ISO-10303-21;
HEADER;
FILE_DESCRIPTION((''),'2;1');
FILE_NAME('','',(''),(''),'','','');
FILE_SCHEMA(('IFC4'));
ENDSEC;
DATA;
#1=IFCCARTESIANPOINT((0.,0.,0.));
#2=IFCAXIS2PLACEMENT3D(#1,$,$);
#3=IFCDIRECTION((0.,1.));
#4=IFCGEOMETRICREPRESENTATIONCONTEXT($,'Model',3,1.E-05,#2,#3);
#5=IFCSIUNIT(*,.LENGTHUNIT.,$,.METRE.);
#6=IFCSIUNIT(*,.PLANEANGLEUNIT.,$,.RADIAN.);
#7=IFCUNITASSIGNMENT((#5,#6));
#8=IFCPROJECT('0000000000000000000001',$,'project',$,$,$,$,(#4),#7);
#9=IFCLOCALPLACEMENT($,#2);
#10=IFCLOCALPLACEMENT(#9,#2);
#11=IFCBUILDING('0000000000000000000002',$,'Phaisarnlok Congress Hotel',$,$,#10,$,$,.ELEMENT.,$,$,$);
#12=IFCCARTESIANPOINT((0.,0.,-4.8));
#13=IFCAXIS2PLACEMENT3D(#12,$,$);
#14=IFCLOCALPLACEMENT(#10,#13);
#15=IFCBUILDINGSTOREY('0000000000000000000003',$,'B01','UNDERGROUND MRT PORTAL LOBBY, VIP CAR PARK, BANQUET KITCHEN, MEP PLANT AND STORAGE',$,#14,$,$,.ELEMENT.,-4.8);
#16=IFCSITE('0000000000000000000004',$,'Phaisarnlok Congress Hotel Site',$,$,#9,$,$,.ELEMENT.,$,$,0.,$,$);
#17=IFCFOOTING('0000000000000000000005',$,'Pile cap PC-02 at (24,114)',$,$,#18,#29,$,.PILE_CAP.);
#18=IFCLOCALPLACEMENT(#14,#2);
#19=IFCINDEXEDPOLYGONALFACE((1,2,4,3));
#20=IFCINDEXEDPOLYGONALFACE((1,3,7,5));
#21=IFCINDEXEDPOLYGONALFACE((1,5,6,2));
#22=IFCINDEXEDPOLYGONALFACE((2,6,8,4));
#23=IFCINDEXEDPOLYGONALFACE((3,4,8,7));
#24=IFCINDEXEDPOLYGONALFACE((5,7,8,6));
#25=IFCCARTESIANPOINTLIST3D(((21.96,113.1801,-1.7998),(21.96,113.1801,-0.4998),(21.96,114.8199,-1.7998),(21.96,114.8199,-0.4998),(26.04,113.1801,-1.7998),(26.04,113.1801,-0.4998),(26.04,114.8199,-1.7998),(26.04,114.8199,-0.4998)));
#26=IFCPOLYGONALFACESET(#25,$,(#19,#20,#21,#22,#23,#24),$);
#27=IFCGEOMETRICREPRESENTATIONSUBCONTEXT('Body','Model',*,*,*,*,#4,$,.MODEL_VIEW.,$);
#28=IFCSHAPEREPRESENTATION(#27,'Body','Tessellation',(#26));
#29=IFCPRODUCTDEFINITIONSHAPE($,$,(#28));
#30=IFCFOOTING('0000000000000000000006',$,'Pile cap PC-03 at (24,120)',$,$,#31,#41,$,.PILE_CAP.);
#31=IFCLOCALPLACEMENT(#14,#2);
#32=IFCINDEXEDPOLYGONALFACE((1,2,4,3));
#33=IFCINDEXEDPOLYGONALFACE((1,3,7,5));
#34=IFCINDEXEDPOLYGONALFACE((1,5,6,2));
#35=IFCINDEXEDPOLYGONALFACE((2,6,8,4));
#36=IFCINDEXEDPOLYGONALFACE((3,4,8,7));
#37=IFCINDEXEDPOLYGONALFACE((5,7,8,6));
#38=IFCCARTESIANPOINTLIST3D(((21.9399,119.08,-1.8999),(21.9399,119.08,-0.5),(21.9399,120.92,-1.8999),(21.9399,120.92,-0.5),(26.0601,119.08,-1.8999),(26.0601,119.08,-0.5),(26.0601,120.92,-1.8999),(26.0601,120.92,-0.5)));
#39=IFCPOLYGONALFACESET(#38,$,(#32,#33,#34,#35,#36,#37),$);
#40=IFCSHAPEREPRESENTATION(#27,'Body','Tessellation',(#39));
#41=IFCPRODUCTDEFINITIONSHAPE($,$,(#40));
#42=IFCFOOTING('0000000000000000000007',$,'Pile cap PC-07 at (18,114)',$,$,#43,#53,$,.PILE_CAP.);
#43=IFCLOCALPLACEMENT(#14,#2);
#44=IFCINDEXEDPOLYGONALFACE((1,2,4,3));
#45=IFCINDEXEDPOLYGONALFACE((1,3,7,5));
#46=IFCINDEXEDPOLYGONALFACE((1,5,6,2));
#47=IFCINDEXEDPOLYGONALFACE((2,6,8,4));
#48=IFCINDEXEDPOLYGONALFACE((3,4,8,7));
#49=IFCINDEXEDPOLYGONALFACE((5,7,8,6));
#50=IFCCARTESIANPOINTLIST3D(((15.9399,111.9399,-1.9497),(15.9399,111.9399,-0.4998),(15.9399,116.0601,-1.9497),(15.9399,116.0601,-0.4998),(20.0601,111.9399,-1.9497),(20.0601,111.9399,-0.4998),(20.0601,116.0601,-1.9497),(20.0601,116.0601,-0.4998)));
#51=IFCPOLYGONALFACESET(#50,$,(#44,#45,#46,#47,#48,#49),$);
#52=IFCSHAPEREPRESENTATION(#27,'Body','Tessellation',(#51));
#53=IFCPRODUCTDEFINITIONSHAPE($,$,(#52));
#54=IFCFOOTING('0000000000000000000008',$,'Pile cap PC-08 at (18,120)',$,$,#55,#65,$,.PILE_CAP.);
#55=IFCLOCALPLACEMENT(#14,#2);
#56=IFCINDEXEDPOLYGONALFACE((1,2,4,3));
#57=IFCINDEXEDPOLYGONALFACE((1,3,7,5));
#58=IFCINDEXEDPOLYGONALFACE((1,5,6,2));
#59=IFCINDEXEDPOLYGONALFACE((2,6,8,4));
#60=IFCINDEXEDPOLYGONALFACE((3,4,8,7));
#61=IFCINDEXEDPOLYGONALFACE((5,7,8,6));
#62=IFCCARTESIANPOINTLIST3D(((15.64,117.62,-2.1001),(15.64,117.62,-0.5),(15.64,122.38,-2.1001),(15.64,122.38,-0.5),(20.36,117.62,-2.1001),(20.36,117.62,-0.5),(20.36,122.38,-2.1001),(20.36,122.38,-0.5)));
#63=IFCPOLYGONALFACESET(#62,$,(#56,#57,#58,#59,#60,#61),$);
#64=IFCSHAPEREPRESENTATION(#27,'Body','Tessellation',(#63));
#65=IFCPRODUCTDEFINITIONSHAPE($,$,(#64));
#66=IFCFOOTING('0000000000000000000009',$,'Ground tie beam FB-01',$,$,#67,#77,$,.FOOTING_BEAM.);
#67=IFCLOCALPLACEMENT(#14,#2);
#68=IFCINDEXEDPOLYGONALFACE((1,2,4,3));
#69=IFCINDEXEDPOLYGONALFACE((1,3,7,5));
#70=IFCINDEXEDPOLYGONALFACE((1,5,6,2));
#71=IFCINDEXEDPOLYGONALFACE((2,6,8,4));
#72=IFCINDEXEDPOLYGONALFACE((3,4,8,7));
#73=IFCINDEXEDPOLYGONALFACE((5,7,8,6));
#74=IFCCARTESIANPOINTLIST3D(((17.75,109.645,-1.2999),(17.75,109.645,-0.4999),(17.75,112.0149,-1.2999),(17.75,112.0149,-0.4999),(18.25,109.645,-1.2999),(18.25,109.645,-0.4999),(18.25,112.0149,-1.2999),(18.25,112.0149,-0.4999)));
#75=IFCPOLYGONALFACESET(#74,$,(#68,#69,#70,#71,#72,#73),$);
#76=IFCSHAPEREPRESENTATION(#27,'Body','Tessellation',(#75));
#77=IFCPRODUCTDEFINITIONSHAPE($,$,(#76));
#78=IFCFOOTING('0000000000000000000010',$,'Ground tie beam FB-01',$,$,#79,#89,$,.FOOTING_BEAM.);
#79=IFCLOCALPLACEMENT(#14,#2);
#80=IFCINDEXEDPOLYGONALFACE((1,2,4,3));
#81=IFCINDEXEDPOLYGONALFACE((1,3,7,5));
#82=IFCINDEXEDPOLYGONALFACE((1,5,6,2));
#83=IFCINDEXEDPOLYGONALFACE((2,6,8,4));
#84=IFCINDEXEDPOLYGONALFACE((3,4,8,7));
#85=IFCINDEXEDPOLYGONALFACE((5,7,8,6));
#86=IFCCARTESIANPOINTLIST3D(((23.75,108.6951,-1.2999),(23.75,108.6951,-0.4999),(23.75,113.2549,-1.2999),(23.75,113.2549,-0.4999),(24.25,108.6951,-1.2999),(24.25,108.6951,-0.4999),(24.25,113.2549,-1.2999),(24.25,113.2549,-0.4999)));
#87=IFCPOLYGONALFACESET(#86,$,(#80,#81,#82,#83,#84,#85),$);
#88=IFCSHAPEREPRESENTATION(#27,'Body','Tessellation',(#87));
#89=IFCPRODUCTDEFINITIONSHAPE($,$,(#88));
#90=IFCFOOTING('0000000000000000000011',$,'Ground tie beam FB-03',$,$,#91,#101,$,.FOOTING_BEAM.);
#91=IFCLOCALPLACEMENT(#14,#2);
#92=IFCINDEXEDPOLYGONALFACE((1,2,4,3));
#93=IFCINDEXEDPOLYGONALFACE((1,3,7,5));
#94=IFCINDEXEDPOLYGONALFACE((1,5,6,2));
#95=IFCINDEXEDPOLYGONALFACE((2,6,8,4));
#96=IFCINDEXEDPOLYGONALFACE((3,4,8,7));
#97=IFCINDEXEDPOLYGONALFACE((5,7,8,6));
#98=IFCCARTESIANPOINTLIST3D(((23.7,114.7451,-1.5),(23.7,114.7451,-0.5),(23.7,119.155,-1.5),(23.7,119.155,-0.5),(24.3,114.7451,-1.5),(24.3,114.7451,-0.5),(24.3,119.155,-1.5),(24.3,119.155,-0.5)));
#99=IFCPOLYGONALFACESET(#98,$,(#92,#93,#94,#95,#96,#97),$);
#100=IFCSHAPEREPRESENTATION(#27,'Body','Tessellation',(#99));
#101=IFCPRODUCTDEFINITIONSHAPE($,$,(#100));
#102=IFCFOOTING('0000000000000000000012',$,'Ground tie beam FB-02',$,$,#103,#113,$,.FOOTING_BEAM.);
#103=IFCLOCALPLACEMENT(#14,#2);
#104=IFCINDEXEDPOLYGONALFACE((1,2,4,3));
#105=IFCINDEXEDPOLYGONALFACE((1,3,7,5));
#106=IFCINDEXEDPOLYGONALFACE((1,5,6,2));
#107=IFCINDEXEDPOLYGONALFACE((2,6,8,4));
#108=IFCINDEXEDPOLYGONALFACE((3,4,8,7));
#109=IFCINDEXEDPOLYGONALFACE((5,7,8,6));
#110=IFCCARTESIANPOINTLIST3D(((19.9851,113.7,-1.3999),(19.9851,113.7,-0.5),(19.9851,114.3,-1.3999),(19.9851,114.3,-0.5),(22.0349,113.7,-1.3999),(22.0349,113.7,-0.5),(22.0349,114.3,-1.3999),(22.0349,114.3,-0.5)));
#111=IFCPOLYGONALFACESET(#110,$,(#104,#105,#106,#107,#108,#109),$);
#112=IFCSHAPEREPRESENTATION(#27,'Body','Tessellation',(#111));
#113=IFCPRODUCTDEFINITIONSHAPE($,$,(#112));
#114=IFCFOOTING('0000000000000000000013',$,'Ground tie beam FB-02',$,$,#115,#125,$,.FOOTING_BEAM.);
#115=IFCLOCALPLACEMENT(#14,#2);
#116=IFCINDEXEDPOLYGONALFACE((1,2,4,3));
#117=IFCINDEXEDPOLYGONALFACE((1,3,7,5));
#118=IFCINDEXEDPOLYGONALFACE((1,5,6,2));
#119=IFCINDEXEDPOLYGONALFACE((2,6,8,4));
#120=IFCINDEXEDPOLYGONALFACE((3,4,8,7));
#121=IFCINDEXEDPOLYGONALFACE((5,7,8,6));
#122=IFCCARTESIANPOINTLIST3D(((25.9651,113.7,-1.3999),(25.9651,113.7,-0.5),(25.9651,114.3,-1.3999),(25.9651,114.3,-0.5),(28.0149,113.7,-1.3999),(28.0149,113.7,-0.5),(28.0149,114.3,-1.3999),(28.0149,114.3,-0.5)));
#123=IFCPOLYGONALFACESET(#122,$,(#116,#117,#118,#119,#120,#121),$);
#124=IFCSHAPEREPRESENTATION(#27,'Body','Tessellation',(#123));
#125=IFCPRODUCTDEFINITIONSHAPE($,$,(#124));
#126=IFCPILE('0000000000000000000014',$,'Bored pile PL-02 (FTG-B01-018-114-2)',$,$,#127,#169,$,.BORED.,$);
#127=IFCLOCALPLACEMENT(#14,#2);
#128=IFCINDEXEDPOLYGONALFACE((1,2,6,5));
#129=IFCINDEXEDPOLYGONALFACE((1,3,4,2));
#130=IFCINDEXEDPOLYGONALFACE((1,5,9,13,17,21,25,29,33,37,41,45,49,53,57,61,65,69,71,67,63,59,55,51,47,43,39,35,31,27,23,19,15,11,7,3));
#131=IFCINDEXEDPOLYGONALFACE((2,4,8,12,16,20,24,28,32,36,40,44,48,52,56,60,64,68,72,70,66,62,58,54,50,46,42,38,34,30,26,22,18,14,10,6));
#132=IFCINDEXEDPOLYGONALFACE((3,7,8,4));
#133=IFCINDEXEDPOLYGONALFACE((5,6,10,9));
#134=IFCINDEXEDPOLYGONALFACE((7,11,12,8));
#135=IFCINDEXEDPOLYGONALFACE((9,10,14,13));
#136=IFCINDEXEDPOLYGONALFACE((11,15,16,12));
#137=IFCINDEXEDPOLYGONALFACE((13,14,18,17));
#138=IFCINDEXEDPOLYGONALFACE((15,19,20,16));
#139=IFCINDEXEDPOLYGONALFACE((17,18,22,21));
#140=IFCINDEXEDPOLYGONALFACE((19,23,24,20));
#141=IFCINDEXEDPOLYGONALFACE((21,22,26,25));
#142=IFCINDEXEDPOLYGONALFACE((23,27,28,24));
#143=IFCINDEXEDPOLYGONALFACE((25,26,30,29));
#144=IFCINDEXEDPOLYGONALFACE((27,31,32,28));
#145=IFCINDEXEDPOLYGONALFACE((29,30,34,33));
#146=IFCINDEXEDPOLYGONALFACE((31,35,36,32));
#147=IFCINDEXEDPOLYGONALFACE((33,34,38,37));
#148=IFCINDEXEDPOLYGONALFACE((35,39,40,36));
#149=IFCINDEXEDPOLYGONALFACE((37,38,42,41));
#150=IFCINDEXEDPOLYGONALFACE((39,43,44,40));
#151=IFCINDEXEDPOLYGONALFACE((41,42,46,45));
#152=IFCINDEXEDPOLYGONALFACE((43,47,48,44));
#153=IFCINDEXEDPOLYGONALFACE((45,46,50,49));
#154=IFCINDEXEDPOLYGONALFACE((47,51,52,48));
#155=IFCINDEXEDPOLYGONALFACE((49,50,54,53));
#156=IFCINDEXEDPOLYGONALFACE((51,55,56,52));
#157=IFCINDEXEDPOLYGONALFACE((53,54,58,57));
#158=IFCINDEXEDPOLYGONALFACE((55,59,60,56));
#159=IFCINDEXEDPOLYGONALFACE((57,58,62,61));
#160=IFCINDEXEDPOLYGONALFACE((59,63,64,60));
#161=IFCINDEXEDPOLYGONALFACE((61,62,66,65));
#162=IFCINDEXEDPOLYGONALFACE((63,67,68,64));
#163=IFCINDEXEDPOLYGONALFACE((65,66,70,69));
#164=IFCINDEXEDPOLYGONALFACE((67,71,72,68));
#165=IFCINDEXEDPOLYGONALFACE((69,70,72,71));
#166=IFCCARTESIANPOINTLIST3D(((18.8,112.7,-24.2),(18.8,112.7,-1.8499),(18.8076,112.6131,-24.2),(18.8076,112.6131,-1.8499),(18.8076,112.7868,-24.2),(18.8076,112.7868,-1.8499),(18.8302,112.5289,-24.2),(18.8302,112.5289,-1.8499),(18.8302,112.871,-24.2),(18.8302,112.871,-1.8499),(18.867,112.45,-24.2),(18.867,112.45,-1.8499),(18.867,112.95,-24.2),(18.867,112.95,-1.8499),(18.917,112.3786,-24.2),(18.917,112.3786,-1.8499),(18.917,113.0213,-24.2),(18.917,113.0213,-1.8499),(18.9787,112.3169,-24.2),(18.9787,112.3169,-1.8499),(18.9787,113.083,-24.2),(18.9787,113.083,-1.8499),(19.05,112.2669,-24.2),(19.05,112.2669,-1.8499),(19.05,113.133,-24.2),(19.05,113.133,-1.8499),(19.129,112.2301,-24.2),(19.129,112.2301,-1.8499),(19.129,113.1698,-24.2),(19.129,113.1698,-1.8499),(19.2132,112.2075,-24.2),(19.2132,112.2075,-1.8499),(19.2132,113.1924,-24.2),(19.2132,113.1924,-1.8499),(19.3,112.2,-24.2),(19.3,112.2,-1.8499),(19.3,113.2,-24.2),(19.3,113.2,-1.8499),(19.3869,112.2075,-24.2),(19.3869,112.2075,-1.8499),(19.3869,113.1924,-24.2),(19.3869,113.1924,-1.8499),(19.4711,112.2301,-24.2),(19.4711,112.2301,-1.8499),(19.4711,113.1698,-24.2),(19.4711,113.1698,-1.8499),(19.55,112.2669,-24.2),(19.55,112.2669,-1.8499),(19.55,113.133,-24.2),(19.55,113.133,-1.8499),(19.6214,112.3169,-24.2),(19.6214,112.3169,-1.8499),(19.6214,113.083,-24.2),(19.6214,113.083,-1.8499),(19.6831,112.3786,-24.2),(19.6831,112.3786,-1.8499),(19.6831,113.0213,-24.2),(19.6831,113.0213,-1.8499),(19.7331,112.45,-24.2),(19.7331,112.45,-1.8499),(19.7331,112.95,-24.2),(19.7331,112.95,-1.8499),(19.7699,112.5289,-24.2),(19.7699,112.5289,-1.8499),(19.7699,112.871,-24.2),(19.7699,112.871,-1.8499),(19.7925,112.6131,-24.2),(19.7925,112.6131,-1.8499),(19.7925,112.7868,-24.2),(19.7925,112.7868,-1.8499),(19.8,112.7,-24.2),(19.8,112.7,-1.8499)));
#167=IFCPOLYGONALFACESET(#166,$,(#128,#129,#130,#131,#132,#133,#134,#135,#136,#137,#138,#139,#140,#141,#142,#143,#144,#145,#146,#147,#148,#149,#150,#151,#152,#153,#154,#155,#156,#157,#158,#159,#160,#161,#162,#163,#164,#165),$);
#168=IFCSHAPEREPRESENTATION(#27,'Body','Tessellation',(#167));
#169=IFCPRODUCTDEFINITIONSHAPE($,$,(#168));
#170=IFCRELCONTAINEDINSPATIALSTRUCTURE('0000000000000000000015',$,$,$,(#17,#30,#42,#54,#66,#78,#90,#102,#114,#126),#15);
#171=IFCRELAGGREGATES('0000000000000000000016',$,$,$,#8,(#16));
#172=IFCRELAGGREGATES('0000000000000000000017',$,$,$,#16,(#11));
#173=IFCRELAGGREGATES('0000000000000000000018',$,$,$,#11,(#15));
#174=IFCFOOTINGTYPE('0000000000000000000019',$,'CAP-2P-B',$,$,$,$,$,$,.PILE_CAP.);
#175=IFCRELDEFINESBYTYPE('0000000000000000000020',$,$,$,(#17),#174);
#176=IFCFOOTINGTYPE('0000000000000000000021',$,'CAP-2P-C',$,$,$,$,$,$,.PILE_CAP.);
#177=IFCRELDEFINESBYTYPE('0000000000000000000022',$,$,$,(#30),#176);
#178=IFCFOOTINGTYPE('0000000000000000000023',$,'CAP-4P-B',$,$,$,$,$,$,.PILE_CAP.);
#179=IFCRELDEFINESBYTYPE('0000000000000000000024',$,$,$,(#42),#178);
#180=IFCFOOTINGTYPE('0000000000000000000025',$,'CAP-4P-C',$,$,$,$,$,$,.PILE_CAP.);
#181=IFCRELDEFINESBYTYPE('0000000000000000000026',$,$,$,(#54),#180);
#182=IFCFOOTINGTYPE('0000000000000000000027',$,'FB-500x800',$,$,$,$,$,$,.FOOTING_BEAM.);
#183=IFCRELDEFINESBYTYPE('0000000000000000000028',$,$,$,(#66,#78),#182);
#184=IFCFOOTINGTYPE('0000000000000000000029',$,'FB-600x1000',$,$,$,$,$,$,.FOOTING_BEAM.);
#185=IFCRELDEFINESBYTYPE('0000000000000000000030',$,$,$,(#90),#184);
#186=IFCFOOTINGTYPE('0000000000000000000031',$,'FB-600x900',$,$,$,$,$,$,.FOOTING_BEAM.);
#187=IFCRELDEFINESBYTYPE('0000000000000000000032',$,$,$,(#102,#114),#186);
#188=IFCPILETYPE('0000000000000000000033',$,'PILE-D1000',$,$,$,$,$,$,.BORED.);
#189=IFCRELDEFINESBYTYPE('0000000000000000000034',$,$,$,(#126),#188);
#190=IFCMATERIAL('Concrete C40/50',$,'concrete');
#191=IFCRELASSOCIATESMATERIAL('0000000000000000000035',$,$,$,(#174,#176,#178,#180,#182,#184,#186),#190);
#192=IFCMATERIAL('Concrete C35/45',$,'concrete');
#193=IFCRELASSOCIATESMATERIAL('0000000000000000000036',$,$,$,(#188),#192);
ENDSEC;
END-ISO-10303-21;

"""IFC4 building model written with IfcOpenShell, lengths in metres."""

from ifc_helpers import new_model, si_unit, direction, frame, origin, origin_2d, place, context, subcontext, project, spatial, rectangle, circle, extrude, material, material_profile, profile_set, type_object, element, save


model = new_model("IFC4")

# Units and contexts
model_context = context("Model", 3, precision=1e-05, world=origin(), true_north=direction((0.0, 1.0)))
body_context = subcontext(model_context, "Body", "Model", "MODEL_VIEW")
ifc_project = project(units=[si_unit("LENGTHUNIT", "METRE"), si_unit("PLANEANGLEUNIT", "RADIAN")], contexts=[model_context])

# Site, building, storey
site_placement = place(None, origin())
site = spatial("IfcSite", under=ifc_project, at=site_placement, Name="Phaisarnlok Congress Hotel Site", CompositionType="ELEMENT", RefElevation=0.0)
building_placement = place(site_placement, origin())
building = spatial("IfcBuilding", under=site, at=building_placement, Name="Phaisarnlok Congress Hotel", CompositionType="ELEMENT")
storey_placement = place(building_placement, frame((0.0, 0.0, -4.8)))
storey = spatial("IfcBuildingStorey", under=building, at=storey_placement, Name="B01", Description="UNDERGROUND MRT PORTAL LOBBY, VIP CAR PARK, BANQUET KITCHEN, MEP PLANT AND STORAGE", CompositionType="ELEMENT", Elevation=-4.8)

# Footings
ifc_material_1 = material(Name="Concrete C40/50", Category="concrete")
footing_type_1 = type_object("IfcFootingType", Name="CAP-2P-B", PredefinedType="PILE_CAP", material=ifc_material_1)
footing_1_placement = place(storey_placement, frame((24.0, 114.0, -1.7998), z_axis=(0.0, 0.0, 1.0), x_axis=(1.0, 0.0, 0.0)))
element("IfcFooting", 1, at=footing_1_placement, inside=storey, type_object=footing_type_1, Name="Pile cap PC-02 at (24,114)", PredefinedType="PILE_CAP", context=body_context, shape_type="SweptSolid", body=[
    extrude(rectangle(XDim=4.0801, YDim=1.6399, at=origin_2d()), origin(), (0.0, 0.0, 1.0), 1.3),
])
footing_type_2 = type_object("IfcFootingType", Name="CAP-2P-C", PredefinedType="PILE_CAP", material=ifc_material_1)
footing_2_placement = place(storey_placement, frame((24.0, 120.0, -1.8999), z_axis=(0.0, 0.0, 1.0), x_axis=(1.0, 0.0, 0.0)))
element("IfcFooting", 2, at=footing_2_placement, inside=storey, type_object=footing_type_2, Name="Pile cap PC-03 at (24,120)", PredefinedType="PILE_CAP", context=body_context, shape_type="SweptSolid", body=[
    extrude(rectangle(XDim=4.1201, YDim=1.8401, at=origin_2d()), origin(), (0.0, 0.0, 1.0), 1.3999),
])
footing_type_3 = type_object("IfcFootingType", Name="CAP-4P-B", PredefinedType="PILE_CAP", material=ifc_material_1)
footing_3_placement = place(storey_placement, frame((18.0, 114.0, -1.9497), z_axis=(0.0, 0.0, 1.0), x_axis=(1.0, 0.0, 0.0)))
element("IfcFooting", 3, at=footing_3_placement, inside=storey, type_object=footing_type_3, Name="Pile cap PC-07 at (18,114)", PredefinedType="PILE_CAP", context=body_context, shape_type="SweptSolid", body=[
    extrude(rectangle(XDim=4.1201, YDim=4.1201, at=origin_2d()), origin(), (0.0, 0.0, 1.0), 1.45),
])
footing_type_4 = type_object("IfcFootingType", Name="CAP-4P-C", PredefinedType="PILE_CAP", material=ifc_material_1)
footing_4_placement = place(storey_placement, frame((18.0, 120.0, -2.1001), z_axis=(0.0, 0.0, 1.0), x_axis=(1.0, 0.0, 0.0)))
element("IfcFooting", 4, at=footing_4_placement, inside=storey, type_object=footing_type_4, Name="Pile cap PC-08 at (18,120)", PredefinedType="PILE_CAP", context=body_context, shape_type="SweptSolid", body=[
    extrude(rectangle(XDim=4.72, YDim=4.76, at=origin_2d()), origin(), (0.0, 0.0, 1.0), 1.6001),
])
ifc_material_profile_1 = material_profile(ifc_material_1, rectangle(XDim=0.5, YDim=0.8, at=origin_2d()), Name="FB-500x800")
ifc_profile_set_1 = profile_set([ifc_material_profile_1], Name="Concrete C40/50")
footing_type_5 = type_object("IfcFootingType", Name="FB-500x800", PredefinedType="FOOTING_BEAM", material=ifc_profile_set_1)
footing_5_placement = place(storey_placement, frame((18.0, 109.645, -0.8999), z_axis=(0.0, 1.0, 0.0), x_axis=(-1.0, 0.0, 0.0)))
element("IfcFooting", 5, at=footing_5_placement, inside=storey, type_object=footing_type_5, Name="Ground tie beam FB-01", PredefinedType="FOOTING_BEAM", context=body_context, shape_type="SweptSolid", body=[
    extrude(rectangle(XDim=0.5, YDim=0.8, at=origin_2d()), origin(), (0.0, 0.0, 1.0), 2.3699),
])
footing_6_placement = place(storey_placement, frame((24.0, 108.6951, -0.8999), z_axis=(0.0, 1.0, 0.0), x_axis=(-1.0, 0.0, 0.0)))
element("IfcFooting", 6, at=footing_6_placement, inside=storey, type_object=footing_type_5, Name="Ground tie beam FB-01", PredefinedType="FOOTING_BEAM", context=body_context, shape_type="SweptSolid", body=[
    extrude(rectangle(XDim=0.5, YDim=0.8, at=origin_2d()), origin(), (0.0, 0.0, 1.0), 4.5598),
])
ifc_material_profile_2 = material_profile(ifc_material_1, rectangle(XDim=0.6001, YDim=1.0, at=origin_2d()), Name="FB-600x1000")
ifc_profile_set_2 = profile_set([ifc_material_profile_2], Name="Concrete C40/50")
footing_type_6 = type_object("IfcFootingType", Name="FB-600x1000", PredefinedType="FOOTING_BEAM", material=ifc_profile_set_2)
footing_7_placement = place(storey_placement, frame((24.0, 114.7451, -1.0), z_axis=(0.0, 1.0, 0.0), x_axis=(-1.0, 0.0, 0.0)))
element("IfcFooting", 7, at=footing_7_placement, inside=storey, type_object=footing_type_6, Name="Ground tie beam FB-03", PredefinedType="FOOTING_BEAM", context=body_context, shape_type="SweptSolid", body=[
    extrude(rectangle(XDim=0.6001, YDim=1.0, at=origin_2d()), origin(), (0.0, 0.0, 1.0), 4.4099),
])
ifc_material_profile_3 = material_profile(ifc_material_1, rectangle(XDim=0.6001, YDim=0.8999, at=origin_2d()), Name="FB-600x900")
ifc_profile_set_3 = profile_set([ifc_material_profile_3], Name="Concrete C40/50")
footing_type_7 = type_object("IfcFootingType", Name="FB-600x900", PredefinedType="FOOTING_BEAM", material=ifc_profile_set_3)
for number, where, z_axis, x_axis, name in (
    (8, (19.9851, 114.0, -0.95), (1.0, 0.0, 0.0), (0.0, 1.0, 0.0), "Ground tie beam FB-02"),
    (9, (25.9651, 114.0, -0.95), (1.0, 0.0, 0.0), (0.0, 1.0, 0.0), "Ground tie beam FB-02"),
):
    element("IfcFooting", number, at=place(storey_placement, frame(where, z_axis=z_axis, x_axis=x_axis)), inside=storey, type_object=footing_type_7, Name=name, PredefinedType="FOOTING_BEAM", context=body_context, shape_type="SweptSolid", body=[
        extrude(rectangle(XDim=0.6001, YDim=0.8999, at=origin_2d()), origin(), (0.0, 0.0, 1.0), 2.0498),
    ])

# Pile
ifc_material_2 = material(Name="Concrete C35/45", Category="concrete")
ifc_material_profile_4 = material_profile(ifc_material_2, circle(Radius=0.5, at=origin_2d()), Name="BORED PILE D1000")
ifc_profile_set_4 = profile_set([ifc_material_profile_4], Name="Concrete C35/45")
pile_type_1 = type_object("IfcPileType", Name="PILE-D1000", PredefinedType="BORED", material=ifc_profile_set_4)
for number, where, z_axis, x_axis, name in (
    (10, (19.3, 112.7, -1.8499), (0.0, 0.0, -1.0), (1.0, 0.0, 0.0), "Bored pile PL-02 (FTG-B01-018-114-2)"),
):
    element("IfcPile", number, at=place(storey_placement, frame(where, z_axis=z_axis, x_axis=x_axis)), inside=storey, type_object=pile_type_1, Name=name, PredefinedType="BORED", context=body_context, shape_type="SweptSolid", body=[
        extrude(circle(Radius=0.5, at=origin_2d()), origin(), (0.0, 0.0, 1.0), 22.3501),
    ])

save(model, "model.ifc")
